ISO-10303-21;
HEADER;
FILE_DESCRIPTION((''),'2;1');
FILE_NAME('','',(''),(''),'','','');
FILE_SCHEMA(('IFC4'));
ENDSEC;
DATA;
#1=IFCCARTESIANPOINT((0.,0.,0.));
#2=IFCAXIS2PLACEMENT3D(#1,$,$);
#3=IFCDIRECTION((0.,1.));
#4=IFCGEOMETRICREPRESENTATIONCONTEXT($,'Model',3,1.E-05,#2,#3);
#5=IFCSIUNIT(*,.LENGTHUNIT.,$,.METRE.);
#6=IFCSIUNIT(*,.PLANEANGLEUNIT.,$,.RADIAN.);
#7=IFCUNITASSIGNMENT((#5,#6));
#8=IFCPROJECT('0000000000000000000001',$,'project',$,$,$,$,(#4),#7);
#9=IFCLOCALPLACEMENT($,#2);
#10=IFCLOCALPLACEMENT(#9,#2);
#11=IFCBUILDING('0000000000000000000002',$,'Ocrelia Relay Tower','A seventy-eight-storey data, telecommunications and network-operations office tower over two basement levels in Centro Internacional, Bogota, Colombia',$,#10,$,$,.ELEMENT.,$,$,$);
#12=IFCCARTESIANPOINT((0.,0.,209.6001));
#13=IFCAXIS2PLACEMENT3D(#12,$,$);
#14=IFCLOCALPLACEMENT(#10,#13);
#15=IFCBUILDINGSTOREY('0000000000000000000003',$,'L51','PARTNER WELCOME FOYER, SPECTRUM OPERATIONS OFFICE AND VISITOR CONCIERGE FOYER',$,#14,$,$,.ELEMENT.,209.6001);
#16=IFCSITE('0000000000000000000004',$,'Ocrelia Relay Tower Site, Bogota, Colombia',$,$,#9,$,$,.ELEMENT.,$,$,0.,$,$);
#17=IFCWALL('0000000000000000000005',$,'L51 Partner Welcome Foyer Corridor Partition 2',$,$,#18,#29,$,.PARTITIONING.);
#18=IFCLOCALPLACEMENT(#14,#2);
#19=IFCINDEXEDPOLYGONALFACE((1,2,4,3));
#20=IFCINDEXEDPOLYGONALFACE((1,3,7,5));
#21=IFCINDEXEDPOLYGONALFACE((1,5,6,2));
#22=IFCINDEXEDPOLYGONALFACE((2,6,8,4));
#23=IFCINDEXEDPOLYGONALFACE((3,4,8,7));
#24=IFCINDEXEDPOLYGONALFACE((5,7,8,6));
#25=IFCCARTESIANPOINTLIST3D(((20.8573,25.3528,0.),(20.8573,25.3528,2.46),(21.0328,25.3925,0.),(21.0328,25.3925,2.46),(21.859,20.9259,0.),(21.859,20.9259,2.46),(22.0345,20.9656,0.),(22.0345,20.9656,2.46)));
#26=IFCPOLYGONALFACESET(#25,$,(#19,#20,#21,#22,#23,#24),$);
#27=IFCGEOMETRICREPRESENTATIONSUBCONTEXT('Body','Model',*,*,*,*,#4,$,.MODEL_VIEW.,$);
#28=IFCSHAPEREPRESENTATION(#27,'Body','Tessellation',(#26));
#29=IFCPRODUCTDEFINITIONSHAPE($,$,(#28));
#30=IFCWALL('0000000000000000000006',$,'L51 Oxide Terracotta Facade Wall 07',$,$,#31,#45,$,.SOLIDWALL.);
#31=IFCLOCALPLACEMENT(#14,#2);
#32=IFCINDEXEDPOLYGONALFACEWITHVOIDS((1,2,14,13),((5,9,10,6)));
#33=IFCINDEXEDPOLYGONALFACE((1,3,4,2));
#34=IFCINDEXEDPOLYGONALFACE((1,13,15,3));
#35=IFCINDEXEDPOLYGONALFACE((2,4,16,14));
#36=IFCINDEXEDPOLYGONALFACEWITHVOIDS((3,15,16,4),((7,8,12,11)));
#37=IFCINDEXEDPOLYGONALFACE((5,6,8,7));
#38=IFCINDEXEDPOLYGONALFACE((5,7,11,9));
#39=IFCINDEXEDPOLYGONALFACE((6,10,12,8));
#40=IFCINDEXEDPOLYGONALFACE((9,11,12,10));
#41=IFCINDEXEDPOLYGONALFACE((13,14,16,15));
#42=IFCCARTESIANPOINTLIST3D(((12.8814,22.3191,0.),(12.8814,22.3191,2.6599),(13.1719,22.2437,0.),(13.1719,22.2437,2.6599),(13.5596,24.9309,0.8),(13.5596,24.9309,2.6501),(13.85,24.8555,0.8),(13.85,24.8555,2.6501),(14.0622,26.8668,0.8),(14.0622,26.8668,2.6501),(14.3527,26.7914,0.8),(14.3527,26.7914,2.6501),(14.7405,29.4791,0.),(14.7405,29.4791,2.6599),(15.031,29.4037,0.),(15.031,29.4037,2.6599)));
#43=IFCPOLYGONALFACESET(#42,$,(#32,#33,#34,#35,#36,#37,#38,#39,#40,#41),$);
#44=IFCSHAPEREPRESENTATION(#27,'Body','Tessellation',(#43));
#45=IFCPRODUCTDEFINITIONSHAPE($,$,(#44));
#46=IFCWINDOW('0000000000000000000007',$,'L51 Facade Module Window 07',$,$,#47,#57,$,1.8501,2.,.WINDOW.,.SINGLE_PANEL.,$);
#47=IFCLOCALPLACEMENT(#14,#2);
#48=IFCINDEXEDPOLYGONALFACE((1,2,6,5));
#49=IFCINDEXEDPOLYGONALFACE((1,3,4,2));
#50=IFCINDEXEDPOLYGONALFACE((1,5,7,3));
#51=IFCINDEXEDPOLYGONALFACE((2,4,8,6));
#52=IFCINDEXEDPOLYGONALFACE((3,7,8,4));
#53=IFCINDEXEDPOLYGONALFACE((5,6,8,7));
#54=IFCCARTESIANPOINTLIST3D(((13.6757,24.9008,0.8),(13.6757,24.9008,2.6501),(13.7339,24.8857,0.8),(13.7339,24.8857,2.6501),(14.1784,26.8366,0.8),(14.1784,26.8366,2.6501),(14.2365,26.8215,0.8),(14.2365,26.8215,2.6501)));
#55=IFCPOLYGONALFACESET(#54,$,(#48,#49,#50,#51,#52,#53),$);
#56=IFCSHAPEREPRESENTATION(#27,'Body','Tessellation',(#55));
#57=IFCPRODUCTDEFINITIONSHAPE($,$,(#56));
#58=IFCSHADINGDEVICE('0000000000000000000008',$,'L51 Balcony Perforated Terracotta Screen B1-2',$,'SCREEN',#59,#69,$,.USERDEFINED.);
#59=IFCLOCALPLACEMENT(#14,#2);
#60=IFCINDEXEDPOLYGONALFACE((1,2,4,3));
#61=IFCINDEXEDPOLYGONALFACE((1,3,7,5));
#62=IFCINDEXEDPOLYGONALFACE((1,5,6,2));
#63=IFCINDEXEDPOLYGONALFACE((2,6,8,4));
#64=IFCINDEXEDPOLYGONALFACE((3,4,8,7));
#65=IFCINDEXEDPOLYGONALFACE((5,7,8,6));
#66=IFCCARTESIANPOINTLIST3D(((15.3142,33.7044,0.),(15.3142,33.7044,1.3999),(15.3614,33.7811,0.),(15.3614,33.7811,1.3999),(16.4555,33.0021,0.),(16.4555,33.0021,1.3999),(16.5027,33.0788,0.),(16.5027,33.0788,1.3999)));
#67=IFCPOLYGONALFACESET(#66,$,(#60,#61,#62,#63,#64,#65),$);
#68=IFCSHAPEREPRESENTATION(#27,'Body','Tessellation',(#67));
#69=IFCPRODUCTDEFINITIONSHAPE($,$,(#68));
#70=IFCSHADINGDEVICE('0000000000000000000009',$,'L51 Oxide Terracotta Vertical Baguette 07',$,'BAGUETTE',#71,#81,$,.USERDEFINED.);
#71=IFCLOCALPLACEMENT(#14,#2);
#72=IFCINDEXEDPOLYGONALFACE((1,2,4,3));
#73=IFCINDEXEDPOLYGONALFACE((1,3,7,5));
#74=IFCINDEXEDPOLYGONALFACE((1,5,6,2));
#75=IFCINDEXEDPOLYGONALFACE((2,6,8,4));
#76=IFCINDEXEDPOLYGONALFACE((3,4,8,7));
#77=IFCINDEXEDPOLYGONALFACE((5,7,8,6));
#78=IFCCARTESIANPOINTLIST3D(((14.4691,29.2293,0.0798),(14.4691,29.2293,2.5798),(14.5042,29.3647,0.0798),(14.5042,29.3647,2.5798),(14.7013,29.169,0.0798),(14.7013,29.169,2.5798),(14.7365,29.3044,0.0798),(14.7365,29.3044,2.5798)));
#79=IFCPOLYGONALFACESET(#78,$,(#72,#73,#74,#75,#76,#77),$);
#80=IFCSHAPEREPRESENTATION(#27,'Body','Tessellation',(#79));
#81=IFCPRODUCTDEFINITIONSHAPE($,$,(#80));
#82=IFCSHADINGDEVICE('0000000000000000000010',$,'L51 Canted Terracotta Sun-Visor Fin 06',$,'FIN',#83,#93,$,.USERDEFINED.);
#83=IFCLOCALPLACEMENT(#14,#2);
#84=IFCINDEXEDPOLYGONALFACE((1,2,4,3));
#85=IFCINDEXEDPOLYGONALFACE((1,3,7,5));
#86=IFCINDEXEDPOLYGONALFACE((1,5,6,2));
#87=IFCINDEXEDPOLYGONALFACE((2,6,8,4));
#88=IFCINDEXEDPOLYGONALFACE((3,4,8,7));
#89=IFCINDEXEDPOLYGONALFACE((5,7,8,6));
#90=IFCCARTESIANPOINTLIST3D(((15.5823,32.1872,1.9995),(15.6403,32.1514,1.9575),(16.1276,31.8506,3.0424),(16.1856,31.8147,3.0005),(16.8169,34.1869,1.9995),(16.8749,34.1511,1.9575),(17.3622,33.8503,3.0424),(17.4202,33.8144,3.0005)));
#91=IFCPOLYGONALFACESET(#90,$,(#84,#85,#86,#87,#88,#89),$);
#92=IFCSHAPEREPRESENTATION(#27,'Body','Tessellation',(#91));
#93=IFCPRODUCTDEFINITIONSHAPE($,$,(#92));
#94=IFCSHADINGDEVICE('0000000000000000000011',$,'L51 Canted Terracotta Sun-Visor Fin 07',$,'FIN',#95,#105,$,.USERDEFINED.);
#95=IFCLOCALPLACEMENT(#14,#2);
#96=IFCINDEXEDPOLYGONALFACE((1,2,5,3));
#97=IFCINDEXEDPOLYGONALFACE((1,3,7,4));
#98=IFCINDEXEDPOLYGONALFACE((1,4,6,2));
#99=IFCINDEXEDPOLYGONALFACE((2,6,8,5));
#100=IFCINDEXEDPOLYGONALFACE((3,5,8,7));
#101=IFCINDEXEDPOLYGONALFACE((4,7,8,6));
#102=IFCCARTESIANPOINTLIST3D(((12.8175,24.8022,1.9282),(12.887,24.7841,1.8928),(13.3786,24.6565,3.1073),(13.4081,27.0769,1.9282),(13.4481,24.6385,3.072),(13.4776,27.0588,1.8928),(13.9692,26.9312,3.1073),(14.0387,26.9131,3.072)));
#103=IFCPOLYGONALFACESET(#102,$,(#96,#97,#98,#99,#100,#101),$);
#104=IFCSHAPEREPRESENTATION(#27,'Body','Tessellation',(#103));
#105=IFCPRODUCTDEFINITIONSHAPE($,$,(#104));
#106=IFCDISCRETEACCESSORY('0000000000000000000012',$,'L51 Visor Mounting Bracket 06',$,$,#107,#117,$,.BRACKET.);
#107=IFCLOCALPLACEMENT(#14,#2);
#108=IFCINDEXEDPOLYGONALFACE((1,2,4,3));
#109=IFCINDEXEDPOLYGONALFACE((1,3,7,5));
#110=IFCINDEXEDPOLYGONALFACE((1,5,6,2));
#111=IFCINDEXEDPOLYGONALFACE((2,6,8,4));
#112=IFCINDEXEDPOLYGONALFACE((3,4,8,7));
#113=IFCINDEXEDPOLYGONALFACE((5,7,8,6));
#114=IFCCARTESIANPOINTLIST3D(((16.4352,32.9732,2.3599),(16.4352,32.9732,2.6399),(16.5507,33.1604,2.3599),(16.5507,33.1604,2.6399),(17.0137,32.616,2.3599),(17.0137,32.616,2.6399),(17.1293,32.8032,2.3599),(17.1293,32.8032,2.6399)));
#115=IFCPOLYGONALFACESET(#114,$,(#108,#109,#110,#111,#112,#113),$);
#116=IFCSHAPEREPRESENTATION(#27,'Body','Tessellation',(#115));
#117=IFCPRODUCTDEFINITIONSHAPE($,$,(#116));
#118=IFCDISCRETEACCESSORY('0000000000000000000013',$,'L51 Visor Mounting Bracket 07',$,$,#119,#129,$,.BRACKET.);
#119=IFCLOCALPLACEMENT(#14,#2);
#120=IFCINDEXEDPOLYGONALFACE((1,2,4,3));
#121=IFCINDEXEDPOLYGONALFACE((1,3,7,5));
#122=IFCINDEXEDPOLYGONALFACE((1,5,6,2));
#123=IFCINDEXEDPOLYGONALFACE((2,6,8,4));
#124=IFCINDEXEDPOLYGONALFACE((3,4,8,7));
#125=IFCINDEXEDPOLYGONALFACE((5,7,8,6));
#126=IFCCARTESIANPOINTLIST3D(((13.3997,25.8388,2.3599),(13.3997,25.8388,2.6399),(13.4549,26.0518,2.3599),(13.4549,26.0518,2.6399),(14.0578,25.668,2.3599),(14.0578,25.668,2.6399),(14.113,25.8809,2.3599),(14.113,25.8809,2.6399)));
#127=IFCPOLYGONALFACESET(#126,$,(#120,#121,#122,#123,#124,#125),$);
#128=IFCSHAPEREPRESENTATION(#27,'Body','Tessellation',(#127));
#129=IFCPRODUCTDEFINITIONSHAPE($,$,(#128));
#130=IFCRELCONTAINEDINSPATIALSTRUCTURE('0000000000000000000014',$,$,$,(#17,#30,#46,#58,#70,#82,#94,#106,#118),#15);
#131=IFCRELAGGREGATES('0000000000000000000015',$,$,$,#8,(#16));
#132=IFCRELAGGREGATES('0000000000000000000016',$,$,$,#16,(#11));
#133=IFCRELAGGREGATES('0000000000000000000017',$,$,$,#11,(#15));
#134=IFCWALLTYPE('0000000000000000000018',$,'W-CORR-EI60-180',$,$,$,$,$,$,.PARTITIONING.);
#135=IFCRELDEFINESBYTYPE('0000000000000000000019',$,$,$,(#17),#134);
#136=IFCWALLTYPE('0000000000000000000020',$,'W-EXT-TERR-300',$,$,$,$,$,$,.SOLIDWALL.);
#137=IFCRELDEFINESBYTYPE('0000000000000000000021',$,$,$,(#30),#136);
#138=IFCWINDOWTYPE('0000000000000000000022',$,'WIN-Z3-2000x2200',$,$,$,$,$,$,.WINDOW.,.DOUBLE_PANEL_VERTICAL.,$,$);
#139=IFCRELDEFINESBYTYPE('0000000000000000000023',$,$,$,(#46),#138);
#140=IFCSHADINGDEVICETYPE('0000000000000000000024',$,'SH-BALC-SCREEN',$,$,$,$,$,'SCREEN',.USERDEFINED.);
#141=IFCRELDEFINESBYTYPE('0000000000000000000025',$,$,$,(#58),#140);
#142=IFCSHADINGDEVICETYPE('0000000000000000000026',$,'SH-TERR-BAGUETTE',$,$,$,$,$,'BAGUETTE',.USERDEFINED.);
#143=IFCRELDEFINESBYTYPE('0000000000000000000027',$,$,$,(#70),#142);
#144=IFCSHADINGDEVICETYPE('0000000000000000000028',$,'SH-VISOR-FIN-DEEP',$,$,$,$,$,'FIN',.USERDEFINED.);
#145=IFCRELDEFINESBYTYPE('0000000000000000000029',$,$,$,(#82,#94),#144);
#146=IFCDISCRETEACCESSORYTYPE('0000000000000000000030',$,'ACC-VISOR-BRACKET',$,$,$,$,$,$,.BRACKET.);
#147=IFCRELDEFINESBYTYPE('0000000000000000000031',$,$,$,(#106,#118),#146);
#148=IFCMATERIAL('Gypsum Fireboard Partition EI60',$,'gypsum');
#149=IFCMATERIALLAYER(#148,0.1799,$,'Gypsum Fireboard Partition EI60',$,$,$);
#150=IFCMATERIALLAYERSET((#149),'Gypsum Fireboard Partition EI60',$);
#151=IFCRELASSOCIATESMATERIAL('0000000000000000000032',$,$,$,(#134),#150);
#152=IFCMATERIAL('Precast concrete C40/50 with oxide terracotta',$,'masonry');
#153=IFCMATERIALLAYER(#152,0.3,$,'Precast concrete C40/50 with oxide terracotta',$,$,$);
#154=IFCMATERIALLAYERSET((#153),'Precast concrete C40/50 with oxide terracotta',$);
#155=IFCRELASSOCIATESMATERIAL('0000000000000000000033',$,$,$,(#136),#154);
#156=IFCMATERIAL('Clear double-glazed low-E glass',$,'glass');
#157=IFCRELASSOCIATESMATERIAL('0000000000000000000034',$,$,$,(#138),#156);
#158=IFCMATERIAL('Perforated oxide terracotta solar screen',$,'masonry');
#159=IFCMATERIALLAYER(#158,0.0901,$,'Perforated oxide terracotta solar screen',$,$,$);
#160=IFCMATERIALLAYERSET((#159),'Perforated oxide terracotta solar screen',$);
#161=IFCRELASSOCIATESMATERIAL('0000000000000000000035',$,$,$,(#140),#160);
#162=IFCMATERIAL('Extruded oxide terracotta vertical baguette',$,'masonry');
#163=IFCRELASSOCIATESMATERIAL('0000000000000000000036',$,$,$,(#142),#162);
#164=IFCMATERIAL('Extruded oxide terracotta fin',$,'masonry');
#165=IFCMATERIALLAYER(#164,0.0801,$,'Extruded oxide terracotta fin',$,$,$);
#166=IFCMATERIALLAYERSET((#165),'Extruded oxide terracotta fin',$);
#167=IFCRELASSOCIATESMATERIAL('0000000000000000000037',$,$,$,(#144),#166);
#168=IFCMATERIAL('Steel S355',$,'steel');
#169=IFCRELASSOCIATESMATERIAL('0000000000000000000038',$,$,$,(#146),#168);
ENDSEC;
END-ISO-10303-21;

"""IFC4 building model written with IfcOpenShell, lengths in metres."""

from ifc_helpers import new_model, si_unit, direction, frame, frame_2d, origin, origin_2d, place, context, subcontext, project, spatial, rectangle, extrude, material, layer, layer_set, type_object, element, fill, save


model = new_model("IFC4")

# Units and contexts
model_context = context("Model", 3, precision=1e-05, world=origin(), true_north=direction((0.0, 1.0)))
body_context = subcontext(model_context, "Body", "Model", "MODEL_VIEW")
ifc_project = project(units=[si_unit("LENGTHUNIT", "METRE"), si_unit("PLANEANGLEUNIT", "RADIAN")], contexts=[model_context])

# Site, building, storey
site_placement = place(None, origin())
site = spatial("IfcSite", under=ifc_project, at=site_placement, Name="Ocrelia Relay Tower Site, Bogota, Colombia", CompositionType="ELEMENT", RefElevation=0.0)
building_placement = place(site_placement, origin())
building = spatial("IfcBuilding", under=site, at=building_placement, Name="Ocrelia Relay Tower", Description="A seventy-eight-storey data, telecommunications and network-operations office tower over two basement levels in Centro Internacional, Bogota, Colombia", CompositionType="ELEMENT")
storey_placement = place(building_placement, frame((0.0, 0.0, 209.6001)))
storey = spatial("IfcBuildingStorey", under=building, at=storey_placement, Name="L51", Description="PARTNER WELCOME FOYER, SPECTRUM OPERATIONS OFFICE AND VISITOR CONCIERGE FOYER", CompositionType="ELEMENT", Elevation=209.6001)

# Shared definitions
ifc_material_1 = material(Name="Steel S355", Category="steel")

# Wall
ifc_material_2 = material(Name="Gypsum Fireboard Partition EI60", Category="gypsum")
ifc_layer_1 = layer(ifc_material_2, 0.1799, Name="Gypsum Fireboard Partition EI60")
ifc_layer_set_1 = layer_set([ifc_layer_1], Name="Gypsum Fireboard Partition EI60")
wall_type_1 = type_object("IfcWallType", Name="W-CORR-EI60-180", PredefinedType="PARTITIONING", material=ifc_layer_set_1)
wall_1_placement = place(storey_placement, frame((20.9451, 25.3728, 0.0), z_axis=(0.0, 0.0, 1.0), x_axis=(0.220693, -0.975343, 0.0)))
element("IfcWall", 1, at=wall_1_placement, inside=storey, type_object=wall_type_1, Name="L51 Partner Welcome Foyer Corridor Partition 2", PredefinedType="PARTITIONING", context=body_context, shape_type="SweptSolid", body=[
    extrude(rectangle(XDim=4.5388, YDim=0.1799, at=frame_2d((2.2695, 0.0))), origin(), (0.0, 0.0, 1.0), 2.46),
])

# Wall, opening, window
ifc_material_3 = material(Name="Precast concrete C40/50 with oxide terracotta", Category="masonry")
ifc_layer_2 = layer(ifc_material_3, 0.3, Name="Precast concrete C40/50 with oxide terracotta")
ifc_layer_set_2 = layer_set([ifc_layer_2], Name="Precast concrete C40/50 with oxide terracotta")
wall_type_2 = type_object("IfcWallType", Name="W-EXT-TERR-300", PredefinedType="SOLIDWALL", material=ifc_layer_set_2)
wall_2_placement = place(storey_placement, frame((14.8857, 29.4414, 0.0), z_axis=(0.0, 0.0, 1.0), x_axis=(-0.251316, -0.967905, 0.0)))
wall_2 = element("IfcWall", 2, at=wall_2_placement, inside=storey, type_object=wall_type_2, Name="L51 Oxide Terracotta Facade Wall 07", PredefinedType="SOLIDWALL", context=body_context, shape_type="SweptSolid", body=[
    extrude(rectangle(XDim=7.3975, YDim=0.3, at=frame_2d((3.6987, 0.0))), origin(), (0.0, 0.0, 1.0), 2.6599),
])
opening_placement = place(wall_2_placement, frame((2.699, 0.0, 0.8)))
opening = element("IfcOpeningElement", 3, at=opening_placement, cuts=wall_2, PredefinedType="OPENING", context=body_context, shape_type="SweptSolid", body=[
    extrude(rectangle(XDim=2.0, YDim=1.8501, at=frame_2d((1.0, 0.925))), frame((0.0, 0.1602, 0.0), z_axis=(0.0, -1.0, 0.0), x_axis=(1.0, 0.0, 0.0)), (0.0, 0.0, 1.0), 0.3201),
])
ifc_material_4 = material(Name="Clear double-glazed low-E glass", Category="glass")
window_type = type_object("IfcWindowType", Name="WIN-Z3-2000x2200", PartitioningType="DOUBLE_PANEL_VERTICAL", PredefinedType="WINDOW", material=ifc_material_4)
window_placement = place(opening_placement, origin())
window = element("IfcWindow", 4, at=window_placement, inside=storey, type_object=window_type, Name="L51 Facade Module Window 07", OverallHeight=1.8501, OverallWidth=2.0, PartitioningType="SINGLE_PANEL", PredefinedType="WINDOW", context=body_context, shape_type="SweptSolid", body=[
    extrude(rectangle(XDim=2.0, YDim=1.8501, at=frame_2d((1.0, 0.925))), frame((0.0, 0.03, 0.0), z_axis=(0.0, -1.0, 0.0), x_axis=(1.0, 0.0, 0.0)), (0.0, 0.0, 1.0), 0.0601),
])
fill(opening, window)

# Shading devices
ifc_material_5 = material(Name="Perforated oxide terracotta solar screen", Category="masonry")
ifc_layer_3 = layer(ifc_material_5, 0.0901, Name="Perforated oxide terracotta solar screen")
ifc_layer_set_3 = layer_set([ifc_layer_3], Name="Perforated oxide terracotta solar screen")
shading_device_type_1 = type_object("IfcShadingDeviceType", Name="SH-BALC-SCREEN", ElementType="SCREEN", PredefinedType="USERDEFINED", material=ifc_layer_set_3)
shading_device_1_placement = place(storey_placement, frame((15.9084, 33.3916, 0.0), z_axis=(0.0, 0.0, 1.0), x_axis=(-0.851703, 0.524025, 0.0)))
element("IfcShadingDevice", 5, at=shading_device_1_placement, inside=storey, type_object=shading_device_type_1, Name="L51 Balcony Perforated Terracotta Screen B1-2", ObjectType="SCREEN", PredefinedType="USERDEFINED", context=body_context, shape_type="SweptSolid", body=[
    extrude(rectangle(XDim=1.3401, YDim=0.0901, at=origin_2d()), origin(), (0.0, 0.0, 1.0), 1.3999),
])
ifc_material_6 = material(Name="Extruded oxide terracotta vertical baguette", Category="masonry")
shading_device_type_2 = type_object("IfcShadingDeviceType", Name="SH-TERR-BAGUETTE", ElementType="BAGUETTE", PredefinedType="USERDEFINED", material=ifc_material_6)
shading_device_2_placement = place(storey_placement, frame((14.6028, 29.2668, 0.0798), z_axis=(0.0, 0.0, 1.0), x_axis=(-0.251311, -0.967906, 0.0)))
element("IfcShadingDevice", 6, at=shading_device_2_placement, inside=storey, type_object=shading_device_type_2, Name="L51 Oxide Terracotta Vertical Baguette 07", ObjectType="BAGUETTE", PredefinedType="USERDEFINED", context=body_context, shape_type="SweptSolid", body=[
    extrude(rectangle(XDim=0.1399, YDim=0.24, at=origin_2d()), origin(), (0.0, 0.0, 1.0), 2.5),
])
ifc_material_7 = material(Name="Extruded oxide terracotta fin", Category="masonry")
ifc_layer_4 = layer(ifc_material_7, 0.0801, Name="Extruded oxide terracotta fin")
ifc_layer_set_4 = layer_set([ifc_layer_4], Name="Extruded oxide terracotta fin")
shading_device_type_3 = type_object("IfcShadingDeviceType", Name="SH-VISOR-FIN-DEEP", ElementType="FIN", PredefinedType="USERDEFINED", material=ifc_layer_set_4)
shading_device_3_placement = place(storey_placement, frame((16.5303, 32.9829, 2.479), z_axis=(-0.724962, 0.447589, 0.52354), x_axis=(-0.525338, -0.850893, 0.0)))
element("IfcShadingDevice", 7, at=shading_device_3_placement, inside=storey, type_object=shading_device_type_3, Name="L51 Canted Terracotta Sun-Visor Fin 06", ObjectType="FIN", PredefinedType="USERDEFINED", context=body_context, shape_type="SweptSolid", body=[
    extrude(rectangle(XDim=2.3501, YDim=1.2241, at=origin_2d()), origin(), (0.0, 0.0, 1.0), 0.0801),
])
shading_device_4_placement = place(storey_placement, frame((13.4629, 25.8486, 2.4824), z_axis=(-0.868611, 0.225529, 0.441193), x_axis=(-0.251311, -0.967906, 0.0)))
element("IfcShadingDevice", 8, at=shading_device_4_placement, inside=storey, type_object=shading_device_type_3, Name="L51 Canted Terracotta Sun-Visor Fin 07", ObjectType="FIN", PredefinedType="USERDEFINED", context=body_context, shape_type="SweptSolid", body=[
    extrude(rectangle(XDim=2.3501, YDim=1.314, at=origin_2d()), origin(), (0.0, 0.0, 1.0), 0.0801),
])

# Discrete accessories
discrete_accessory_type = type_object("IfcDiscreteAccessoryType", Name="ACC-VISOR-BRACKET", PredefinedType="BRACKET", material=ifc_material_1)
for number, where, z_axis, x_axis, name in (
    (9, (16.7822, 32.8882, 2.3599), (0.0, 0.0, 1.0), (-0.525338, -0.850893, 0.0), "L51 Visor Mounting Bracket 06"),
    (10, (13.7563, 25.8599, 2.3599), (0.0, 0.0, 1.0), (-0.251311, -0.967906, 0.0), "L51 Visor Mounting Bracket 07"),
):
    element("IfcDiscreteAccessory", number, at=place(storey_placement, frame(where, z_axis=z_axis, x_axis=x_axis)), inside=storey, type_object=discrete_accessory_type, Name=name, PredefinedType="BRACKET", context=body_context, shape_type="SweptSolid", body=[
        extrude(rectangle(XDim=0.22, YDim=0.6799, at=origin_2d()), origin(), (0.0, 0.0, 1.0), 0.28),
    ])

save(model, "model.ifc")
